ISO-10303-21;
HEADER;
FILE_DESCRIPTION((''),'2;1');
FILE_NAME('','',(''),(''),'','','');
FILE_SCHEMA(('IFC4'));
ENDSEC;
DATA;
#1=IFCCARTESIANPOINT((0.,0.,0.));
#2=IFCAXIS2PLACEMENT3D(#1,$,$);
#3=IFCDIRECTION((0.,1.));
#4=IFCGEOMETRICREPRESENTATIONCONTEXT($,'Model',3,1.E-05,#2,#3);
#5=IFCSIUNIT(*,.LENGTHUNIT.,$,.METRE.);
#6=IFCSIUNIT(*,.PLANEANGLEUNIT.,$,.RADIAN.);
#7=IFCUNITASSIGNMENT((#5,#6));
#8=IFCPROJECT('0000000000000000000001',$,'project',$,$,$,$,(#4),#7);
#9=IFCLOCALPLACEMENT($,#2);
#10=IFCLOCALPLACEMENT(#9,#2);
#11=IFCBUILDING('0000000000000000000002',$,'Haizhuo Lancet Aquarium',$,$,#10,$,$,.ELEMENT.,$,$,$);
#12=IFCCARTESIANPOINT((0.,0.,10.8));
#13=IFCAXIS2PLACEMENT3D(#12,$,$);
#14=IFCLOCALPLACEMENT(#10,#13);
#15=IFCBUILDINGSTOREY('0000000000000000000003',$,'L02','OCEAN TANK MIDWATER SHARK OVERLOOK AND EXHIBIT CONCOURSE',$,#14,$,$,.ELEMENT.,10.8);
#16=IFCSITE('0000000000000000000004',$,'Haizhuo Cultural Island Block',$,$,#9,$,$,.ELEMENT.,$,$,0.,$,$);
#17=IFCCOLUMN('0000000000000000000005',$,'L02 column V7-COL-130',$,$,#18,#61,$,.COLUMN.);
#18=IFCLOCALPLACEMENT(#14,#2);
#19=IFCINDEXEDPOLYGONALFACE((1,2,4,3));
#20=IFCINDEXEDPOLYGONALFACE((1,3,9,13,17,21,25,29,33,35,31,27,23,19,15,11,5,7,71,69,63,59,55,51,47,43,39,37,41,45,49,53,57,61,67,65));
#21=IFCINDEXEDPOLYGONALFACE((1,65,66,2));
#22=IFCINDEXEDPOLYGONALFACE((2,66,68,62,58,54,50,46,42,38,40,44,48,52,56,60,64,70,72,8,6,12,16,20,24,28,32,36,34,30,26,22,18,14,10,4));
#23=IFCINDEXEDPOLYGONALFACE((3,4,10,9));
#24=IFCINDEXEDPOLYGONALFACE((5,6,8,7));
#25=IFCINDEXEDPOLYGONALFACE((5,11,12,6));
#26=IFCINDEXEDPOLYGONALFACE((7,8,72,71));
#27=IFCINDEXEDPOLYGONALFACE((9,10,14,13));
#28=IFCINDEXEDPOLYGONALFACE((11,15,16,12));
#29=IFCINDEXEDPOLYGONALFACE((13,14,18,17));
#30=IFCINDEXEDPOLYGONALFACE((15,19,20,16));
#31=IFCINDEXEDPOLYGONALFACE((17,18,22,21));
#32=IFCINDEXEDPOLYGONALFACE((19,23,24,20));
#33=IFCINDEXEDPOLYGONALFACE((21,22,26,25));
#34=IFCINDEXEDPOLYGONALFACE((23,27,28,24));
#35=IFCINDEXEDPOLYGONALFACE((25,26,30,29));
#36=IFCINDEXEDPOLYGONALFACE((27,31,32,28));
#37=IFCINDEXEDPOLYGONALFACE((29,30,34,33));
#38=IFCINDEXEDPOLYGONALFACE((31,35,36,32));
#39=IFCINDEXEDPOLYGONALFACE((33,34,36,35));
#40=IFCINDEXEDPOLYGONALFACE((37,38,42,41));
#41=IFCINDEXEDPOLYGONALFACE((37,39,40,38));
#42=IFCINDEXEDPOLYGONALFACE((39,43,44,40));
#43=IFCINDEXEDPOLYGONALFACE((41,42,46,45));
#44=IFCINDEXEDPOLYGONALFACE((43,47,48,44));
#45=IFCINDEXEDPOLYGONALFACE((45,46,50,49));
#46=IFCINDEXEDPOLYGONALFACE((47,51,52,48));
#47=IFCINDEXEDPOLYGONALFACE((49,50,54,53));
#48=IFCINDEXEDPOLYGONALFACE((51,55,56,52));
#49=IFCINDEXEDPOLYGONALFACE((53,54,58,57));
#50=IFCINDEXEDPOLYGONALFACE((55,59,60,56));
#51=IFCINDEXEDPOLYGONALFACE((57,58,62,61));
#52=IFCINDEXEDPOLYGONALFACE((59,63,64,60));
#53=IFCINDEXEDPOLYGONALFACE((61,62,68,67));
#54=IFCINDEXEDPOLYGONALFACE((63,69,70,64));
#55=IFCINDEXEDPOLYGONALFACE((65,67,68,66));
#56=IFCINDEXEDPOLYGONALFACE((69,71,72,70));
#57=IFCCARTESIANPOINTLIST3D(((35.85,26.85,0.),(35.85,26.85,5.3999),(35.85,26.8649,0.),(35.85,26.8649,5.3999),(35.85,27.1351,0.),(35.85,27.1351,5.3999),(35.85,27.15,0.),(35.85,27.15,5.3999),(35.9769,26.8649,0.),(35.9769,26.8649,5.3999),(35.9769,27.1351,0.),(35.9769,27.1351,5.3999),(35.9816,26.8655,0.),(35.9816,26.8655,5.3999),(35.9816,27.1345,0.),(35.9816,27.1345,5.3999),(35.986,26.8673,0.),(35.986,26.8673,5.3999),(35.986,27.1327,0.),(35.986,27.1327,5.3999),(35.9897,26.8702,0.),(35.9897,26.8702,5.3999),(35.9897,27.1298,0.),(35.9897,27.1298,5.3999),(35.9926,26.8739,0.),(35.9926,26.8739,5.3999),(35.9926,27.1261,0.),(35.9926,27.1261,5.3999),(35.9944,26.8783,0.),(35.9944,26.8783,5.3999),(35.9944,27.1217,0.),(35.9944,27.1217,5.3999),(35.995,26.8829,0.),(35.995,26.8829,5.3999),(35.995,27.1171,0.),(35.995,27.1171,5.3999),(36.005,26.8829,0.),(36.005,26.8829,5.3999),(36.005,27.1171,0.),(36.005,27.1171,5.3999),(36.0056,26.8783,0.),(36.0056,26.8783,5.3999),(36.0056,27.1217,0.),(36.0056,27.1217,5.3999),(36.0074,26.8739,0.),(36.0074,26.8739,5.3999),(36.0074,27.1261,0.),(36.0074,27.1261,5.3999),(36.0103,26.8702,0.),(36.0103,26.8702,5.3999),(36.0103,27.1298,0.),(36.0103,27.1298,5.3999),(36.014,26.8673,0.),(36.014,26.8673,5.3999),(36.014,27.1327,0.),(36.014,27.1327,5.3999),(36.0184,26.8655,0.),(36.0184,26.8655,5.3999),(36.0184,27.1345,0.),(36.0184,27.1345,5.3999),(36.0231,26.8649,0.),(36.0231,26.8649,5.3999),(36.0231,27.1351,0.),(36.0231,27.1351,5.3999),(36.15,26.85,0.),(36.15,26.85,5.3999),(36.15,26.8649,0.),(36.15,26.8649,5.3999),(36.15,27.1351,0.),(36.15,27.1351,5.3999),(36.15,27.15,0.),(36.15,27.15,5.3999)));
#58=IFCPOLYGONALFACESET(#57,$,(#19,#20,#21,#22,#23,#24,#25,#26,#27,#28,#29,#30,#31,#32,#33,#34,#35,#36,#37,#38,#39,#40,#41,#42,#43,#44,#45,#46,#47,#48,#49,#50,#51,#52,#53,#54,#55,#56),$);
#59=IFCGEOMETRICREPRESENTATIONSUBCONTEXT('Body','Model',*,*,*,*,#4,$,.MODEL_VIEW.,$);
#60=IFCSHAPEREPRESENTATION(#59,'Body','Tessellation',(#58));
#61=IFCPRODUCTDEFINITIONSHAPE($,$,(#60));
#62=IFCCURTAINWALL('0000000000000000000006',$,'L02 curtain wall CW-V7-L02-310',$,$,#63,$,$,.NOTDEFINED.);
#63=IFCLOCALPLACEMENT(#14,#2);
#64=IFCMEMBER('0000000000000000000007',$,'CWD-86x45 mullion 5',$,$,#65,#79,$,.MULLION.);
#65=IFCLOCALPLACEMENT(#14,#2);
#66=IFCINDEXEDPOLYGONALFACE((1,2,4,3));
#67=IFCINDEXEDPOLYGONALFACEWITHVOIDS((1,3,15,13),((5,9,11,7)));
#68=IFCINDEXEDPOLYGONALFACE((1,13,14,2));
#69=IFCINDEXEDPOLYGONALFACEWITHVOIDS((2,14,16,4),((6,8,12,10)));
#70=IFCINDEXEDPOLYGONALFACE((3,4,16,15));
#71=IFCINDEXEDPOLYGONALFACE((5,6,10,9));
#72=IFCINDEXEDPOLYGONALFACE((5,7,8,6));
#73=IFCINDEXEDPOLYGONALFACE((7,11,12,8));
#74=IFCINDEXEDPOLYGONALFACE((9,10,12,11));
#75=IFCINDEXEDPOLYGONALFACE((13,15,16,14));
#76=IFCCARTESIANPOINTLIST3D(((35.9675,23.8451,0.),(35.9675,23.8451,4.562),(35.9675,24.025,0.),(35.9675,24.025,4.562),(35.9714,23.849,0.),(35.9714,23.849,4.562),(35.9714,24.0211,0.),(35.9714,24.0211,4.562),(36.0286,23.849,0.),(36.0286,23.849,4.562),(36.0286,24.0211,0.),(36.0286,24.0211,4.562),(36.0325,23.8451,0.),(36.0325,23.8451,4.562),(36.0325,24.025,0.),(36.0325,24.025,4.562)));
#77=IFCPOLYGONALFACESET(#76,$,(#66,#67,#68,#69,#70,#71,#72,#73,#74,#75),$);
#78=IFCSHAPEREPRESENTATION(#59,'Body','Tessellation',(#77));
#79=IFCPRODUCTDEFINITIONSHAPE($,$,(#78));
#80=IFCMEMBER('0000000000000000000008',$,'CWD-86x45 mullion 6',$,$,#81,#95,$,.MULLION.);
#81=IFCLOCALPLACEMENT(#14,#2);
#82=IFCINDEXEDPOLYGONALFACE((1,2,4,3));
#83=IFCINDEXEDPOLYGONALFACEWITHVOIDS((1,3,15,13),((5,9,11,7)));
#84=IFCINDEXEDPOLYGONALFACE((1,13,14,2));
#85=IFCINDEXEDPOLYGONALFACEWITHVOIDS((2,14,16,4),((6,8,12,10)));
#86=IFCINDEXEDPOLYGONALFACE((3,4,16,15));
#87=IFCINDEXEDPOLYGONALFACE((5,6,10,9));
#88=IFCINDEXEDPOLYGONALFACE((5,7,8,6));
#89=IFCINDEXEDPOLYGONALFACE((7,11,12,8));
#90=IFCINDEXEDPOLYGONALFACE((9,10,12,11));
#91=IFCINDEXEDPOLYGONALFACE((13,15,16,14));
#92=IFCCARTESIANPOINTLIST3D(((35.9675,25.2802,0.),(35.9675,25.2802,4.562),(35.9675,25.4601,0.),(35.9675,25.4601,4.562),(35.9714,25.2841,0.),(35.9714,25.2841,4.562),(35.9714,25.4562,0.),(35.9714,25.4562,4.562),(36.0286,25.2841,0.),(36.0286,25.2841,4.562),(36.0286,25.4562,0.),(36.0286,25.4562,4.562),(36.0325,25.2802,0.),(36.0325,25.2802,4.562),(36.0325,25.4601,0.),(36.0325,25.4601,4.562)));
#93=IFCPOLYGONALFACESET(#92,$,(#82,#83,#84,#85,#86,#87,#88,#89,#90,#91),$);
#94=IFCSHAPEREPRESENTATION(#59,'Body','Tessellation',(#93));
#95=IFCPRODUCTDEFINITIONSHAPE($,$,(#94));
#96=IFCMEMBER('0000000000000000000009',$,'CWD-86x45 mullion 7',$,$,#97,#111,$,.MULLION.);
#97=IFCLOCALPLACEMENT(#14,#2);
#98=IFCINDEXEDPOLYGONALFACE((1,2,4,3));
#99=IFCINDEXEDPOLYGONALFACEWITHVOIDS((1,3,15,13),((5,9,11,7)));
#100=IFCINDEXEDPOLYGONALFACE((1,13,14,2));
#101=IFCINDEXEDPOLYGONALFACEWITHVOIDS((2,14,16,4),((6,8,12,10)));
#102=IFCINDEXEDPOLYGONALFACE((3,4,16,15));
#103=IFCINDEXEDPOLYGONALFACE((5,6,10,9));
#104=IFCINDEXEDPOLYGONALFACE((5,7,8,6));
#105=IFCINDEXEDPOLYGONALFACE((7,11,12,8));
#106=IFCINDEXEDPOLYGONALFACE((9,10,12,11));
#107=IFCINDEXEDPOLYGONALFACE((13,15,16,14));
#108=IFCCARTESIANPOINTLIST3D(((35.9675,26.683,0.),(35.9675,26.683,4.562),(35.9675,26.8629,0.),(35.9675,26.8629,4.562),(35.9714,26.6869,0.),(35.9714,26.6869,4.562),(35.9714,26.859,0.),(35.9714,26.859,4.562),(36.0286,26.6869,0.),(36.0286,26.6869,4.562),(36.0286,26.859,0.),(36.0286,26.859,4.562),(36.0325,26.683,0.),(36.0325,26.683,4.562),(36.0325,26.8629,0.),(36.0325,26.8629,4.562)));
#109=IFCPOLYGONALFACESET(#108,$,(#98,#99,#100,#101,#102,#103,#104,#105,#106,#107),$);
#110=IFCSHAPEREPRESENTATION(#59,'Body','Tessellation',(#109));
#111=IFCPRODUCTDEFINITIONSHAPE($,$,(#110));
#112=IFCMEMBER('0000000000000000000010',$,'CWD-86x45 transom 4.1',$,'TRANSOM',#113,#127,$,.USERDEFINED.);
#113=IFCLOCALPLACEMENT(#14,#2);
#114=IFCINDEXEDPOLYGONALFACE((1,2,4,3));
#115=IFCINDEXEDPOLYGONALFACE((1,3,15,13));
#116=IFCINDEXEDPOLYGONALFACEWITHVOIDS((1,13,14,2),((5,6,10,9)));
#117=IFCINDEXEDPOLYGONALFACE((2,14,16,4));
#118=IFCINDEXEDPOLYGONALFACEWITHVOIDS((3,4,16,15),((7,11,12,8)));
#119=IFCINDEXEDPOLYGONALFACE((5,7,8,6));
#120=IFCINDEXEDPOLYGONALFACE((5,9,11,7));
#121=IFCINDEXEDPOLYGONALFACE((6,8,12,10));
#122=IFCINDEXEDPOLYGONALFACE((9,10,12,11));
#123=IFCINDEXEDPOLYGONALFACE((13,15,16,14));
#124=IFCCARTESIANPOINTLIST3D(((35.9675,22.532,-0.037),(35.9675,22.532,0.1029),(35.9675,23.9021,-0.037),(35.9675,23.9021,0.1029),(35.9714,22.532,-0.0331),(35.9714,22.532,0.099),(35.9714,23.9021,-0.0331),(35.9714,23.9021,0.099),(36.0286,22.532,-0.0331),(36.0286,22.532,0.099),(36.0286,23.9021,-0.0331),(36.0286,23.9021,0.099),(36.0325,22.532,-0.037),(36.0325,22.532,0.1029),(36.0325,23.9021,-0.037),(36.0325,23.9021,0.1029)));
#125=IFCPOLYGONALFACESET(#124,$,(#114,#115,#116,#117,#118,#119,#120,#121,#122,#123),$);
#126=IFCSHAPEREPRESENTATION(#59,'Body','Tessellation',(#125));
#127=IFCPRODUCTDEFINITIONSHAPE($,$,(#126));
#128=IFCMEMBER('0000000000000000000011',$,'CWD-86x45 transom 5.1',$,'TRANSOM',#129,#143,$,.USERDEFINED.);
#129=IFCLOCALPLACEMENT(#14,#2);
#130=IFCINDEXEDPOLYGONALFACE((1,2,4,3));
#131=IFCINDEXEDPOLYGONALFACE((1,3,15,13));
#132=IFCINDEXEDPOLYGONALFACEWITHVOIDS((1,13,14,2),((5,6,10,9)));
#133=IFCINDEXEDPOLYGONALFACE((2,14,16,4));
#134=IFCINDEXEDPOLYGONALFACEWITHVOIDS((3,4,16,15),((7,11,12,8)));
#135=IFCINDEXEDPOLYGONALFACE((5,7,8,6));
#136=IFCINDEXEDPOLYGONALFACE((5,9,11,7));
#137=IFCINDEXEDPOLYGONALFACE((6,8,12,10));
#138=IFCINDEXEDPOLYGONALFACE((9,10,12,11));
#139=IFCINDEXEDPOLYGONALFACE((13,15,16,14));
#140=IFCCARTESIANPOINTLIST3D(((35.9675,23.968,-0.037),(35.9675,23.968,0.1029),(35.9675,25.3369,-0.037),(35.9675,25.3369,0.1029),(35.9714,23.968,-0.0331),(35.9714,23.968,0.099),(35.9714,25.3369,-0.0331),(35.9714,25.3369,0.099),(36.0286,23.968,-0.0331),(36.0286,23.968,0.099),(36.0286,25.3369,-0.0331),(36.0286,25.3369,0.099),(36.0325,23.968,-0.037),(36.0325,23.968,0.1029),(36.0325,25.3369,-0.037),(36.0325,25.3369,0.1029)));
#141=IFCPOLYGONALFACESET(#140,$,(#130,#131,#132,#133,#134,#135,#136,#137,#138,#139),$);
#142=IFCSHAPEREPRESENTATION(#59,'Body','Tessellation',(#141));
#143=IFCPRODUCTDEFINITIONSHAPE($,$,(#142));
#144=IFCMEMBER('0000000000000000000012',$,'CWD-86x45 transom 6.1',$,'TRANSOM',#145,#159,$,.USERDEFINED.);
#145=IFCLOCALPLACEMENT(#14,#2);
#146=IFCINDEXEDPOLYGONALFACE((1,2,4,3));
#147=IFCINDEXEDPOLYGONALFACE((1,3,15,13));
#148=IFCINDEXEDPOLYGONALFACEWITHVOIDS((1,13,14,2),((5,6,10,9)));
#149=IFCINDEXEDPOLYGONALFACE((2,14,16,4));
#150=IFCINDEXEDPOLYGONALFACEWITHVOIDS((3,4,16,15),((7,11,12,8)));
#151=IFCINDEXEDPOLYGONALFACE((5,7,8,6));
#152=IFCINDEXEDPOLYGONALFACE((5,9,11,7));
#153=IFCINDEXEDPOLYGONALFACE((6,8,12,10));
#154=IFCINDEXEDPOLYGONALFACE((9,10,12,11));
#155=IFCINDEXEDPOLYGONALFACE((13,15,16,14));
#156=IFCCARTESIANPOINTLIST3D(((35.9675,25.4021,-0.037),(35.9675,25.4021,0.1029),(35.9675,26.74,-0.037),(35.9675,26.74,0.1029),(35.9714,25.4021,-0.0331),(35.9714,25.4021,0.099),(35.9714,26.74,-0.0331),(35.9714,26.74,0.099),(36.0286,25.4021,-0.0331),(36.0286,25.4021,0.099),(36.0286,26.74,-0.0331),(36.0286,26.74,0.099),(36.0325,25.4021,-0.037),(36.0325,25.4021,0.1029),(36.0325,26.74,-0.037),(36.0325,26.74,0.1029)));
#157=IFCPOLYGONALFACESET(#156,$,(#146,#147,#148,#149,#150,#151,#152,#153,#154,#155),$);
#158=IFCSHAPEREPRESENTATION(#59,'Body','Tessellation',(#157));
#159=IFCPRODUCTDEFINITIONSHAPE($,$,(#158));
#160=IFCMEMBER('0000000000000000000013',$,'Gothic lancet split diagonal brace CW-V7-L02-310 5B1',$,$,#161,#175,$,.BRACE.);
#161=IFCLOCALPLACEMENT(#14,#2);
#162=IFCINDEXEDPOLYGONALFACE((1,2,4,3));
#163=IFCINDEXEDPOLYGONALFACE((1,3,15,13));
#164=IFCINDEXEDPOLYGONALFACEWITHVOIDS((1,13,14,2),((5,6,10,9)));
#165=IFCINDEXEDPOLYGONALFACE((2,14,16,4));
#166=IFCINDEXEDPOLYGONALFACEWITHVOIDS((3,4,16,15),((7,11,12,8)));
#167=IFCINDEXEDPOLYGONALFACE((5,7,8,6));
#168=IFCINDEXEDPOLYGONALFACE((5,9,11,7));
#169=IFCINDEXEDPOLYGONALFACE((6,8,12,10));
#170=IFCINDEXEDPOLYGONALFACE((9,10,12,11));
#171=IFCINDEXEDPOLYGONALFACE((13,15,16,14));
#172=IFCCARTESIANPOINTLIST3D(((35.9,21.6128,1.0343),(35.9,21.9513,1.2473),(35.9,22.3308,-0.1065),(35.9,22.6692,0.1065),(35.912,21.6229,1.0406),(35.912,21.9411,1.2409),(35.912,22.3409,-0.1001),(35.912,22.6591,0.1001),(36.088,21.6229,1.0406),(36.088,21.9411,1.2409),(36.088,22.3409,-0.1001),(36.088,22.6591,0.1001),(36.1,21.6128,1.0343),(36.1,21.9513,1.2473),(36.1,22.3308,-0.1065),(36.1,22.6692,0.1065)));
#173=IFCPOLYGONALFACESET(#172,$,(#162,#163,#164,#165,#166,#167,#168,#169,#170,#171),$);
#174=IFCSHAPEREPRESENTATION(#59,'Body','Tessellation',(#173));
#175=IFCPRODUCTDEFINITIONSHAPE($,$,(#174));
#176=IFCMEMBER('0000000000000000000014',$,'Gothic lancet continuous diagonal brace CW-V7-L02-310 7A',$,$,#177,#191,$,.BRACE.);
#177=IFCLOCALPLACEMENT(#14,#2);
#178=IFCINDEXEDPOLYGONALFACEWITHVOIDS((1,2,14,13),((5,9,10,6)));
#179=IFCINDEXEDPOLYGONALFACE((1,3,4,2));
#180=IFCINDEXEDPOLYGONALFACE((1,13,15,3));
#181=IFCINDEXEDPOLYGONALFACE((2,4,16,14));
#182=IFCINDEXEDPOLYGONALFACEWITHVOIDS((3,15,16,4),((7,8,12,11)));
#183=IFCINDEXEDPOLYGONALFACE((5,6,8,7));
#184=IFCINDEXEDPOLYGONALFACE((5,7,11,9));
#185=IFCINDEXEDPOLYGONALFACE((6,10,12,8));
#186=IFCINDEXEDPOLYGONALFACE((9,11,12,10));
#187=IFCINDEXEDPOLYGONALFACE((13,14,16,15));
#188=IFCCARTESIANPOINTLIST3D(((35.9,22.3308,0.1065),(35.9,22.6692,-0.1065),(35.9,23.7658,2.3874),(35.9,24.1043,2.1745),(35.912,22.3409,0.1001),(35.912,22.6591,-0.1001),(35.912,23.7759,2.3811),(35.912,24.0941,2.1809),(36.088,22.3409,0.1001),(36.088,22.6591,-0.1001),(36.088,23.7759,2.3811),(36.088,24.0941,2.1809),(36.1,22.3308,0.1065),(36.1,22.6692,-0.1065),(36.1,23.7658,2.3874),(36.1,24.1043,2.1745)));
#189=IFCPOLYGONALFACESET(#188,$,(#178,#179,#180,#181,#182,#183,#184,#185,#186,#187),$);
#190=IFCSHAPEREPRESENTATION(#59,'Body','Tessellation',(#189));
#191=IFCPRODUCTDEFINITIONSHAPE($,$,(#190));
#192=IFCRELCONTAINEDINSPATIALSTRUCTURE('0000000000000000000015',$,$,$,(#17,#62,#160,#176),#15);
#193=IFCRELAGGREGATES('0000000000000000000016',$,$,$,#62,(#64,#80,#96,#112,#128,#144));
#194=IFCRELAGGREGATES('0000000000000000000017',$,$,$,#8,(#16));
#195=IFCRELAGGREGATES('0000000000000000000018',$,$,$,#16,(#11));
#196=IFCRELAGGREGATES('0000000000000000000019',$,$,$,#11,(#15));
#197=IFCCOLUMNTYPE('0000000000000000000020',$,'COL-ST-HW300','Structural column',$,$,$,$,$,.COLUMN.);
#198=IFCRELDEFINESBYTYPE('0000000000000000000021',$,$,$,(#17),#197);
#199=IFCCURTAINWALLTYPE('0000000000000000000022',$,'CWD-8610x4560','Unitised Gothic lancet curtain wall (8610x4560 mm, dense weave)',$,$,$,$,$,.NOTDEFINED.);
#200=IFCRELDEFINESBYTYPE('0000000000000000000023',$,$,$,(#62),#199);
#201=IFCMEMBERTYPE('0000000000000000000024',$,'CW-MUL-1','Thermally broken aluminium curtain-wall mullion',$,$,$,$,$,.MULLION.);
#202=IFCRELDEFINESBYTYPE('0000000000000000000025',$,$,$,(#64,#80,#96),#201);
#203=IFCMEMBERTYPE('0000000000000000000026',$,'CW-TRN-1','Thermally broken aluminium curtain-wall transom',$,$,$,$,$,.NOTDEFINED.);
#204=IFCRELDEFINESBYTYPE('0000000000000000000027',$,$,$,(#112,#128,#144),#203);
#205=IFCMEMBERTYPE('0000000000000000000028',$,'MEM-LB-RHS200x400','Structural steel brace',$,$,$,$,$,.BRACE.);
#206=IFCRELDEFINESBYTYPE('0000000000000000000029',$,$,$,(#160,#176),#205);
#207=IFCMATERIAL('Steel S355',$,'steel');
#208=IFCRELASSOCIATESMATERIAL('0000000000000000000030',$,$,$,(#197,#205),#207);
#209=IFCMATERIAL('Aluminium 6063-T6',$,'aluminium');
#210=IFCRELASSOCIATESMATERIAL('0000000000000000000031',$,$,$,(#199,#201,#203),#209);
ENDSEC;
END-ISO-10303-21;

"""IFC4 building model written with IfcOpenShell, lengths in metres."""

from ifc_helpers import new_model, si_unit, direction, frame, origin, origin_2d, place, context, subcontext, project, spatial, hollow_rectangle, i_section, extrude, material, material_profile, profile_set, type_object, element, aggregate, save


model = new_model("IFC4")

# Units and contexts
model_context = context("Model", 3, precision=1e-05, world=origin(), true_north=direction((0.0, 1.0)))
body_context = subcontext(model_context, "Body", "Model", "MODEL_VIEW")
ifc_project = project(units=[si_unit("LENGTHUNIT", "METRE"), si_unit("PLANEANGLEUNIT", "RADIAN")], contexts=[model_context])

# Site, building, storey
site_placement = place(None, origin())
site = spatial("IfcSite", under=ifc_project, at=site_placement, Name="Haizhuo Cultural Island Block", CompositionType="ELEMENT", RefElevation=0.0)
building_placement = place(site_placement, origin())
building = spatial("IfcBuilding", under=site, at=building_placement, Name="Haizhuo Lancet Aquarium", CompositionType="ELEMENT")
storey_placement = place(building_placement, frame((0.0, 0.0, 10.8)))
storey = spatial("IfcBuildingStorey", under=building, at=storey_placement, Name="L02", Description="OCEAN TANK MIDWATER SHARK OVERLOOK AND EXHIBIT CONCOURSE", CompositionType="ELEMENT", Elevation=10.8)

# Column
ifc_material_1 = material(Name="Steel S355", Category="steel")
ifc_material_profile_1 = material_profile(ifc_material_1, i_section(OverallWidth=0.3, OverallDepth=0.3, WebThickness=0.01, FlangeThickness=0.0149, FilletRadius=0.0181, at=origin_2d()), Name="HW 300x300x10x15")
ifc_profile_set_1 = profile_set([ifc_material_profile_1], Name="Steel S355")
column_type = type_object("IfcColumnType", Name="COL-ST-HW300", Description="Structural column", PredefinedType="COLUMN", material=ifc_profile_set_1)
column_placement = place(storey_placement, frame((36.0, 27.0, 0.0), z_axis=(0.0, 0.0, 1.0), x_axis=(1.0, 0.0, 0.0)))
element("IfcColumn", 1, at=column_placement, inside=storey, type_object=column_type, Name="L02 column V7-COL-130", PredefinedType="COLUMN", context=body_context, shape_type="SweptSolid", body=[
    extrude(i_section(OverallWidth=0.3, OverallDepth=0.3, WebThickness=0.01, FlangeThickness=0.0149, FilletRadius=0.0181, at=origin_2d()), origin(), (0.0, 0.0, 1.0), 5.3999),
])

# Curtain wall, members
ifc_material_2 = material(Name="Aluminium 6063-T6", Category="aluminium")
curtain_wall_type = type_object("IfcCurtainWallType", Name="CWD-8610x4560", Description="Unitised Gothic lancet curtain wall (8610x4560 mm, dense weave)", PredefinedType="NOTDEFINED", material=ifc_material_2)
curtain_wall_placement = place(storey_placement, origin())
curtain_wall = element("IfcCurtainWall", 2, at=curtain_wall_placement, inside=storey, type_object=curtain_wall_type, Name="L02 curtain wall CW-V7-L02-310", PredefinedType="NOTDEFINED")
ifc_material_profile_2 = material_profile(ifc_material_2, hollow_rectangle(XDim=0.0649, YDim=0.1799, WallThickness=0.0039, at=origin_2d()), Name="ALU-M 65x180x4")
ifc_profile_set_2 = profile_set([ifc_material_profile_2], Name="Aluminium 6063-T6")
member_type_1 = type_object("IfcMemberType", Name="CW-MUL-1", Description="Thermally broken aluminium curtain-wall mullion", PredefinedType="MULLION", material=ifc_profile_set_2)
member_1_placement = place(storey_placement, frame((36.0, 23.9351, 0.0), z_axis=(0.0, 0.0, 1.0), x_axis=(-1.0, 0.0, 0.0)))
member_1 = element("IfcMember", 3, at=member_1_placement, type_object=member_type_1, Name="CWD-86x45 mullion 5", PredefinedType="MULLION", context=body_context, shape_type="SweptSolid", body=[
    extrude(hollow_rectangle(XDim=0.0649, YDim=0.1799, WallThickness=0.0039, at=origin_2d()), origin(), (0.0, 0.0, 1.0), 4.562),
])
member_2_placement = place(storey_placement, frame((36.0, 25.3701, 0.0), z_axis=(0.0, 0.0, 1.0), x_axis=(-1.0, 0.0, 0.0)))
member_2 = element("IfcMember", 4, at=member_2_placement, type_object=member_type_1, Name="CWD-86x45 mullion 6", PredefinedType="MULLION", context=body_context, shape_type="SweptSolid", body=[
    extrude(hollow_rectangle(XDim=0.0649, YDim=0.1799, WallThickness=0.0039, at=origin_2d()), origin(), (0.0, 0.0, 1.0), 4.562),
])
member_3_placement = place(storey_placement, frame((36.0, 26.7729, 0.0), z_axis=(0.0, 0.0, 1.0), x_axis=(-1.0, 0.0, 0.0)))
member_3 = element("IfcMember", 5, at=member_3_placement, type_object=member_type_1, Name="CWD-86x45 mullion 7", PredefinedType="MULLION", context=body_context, shape_type="SweptSolid", body=[
    extrude(hollow_rectangle(XDim=0.0649, YDim=0.1799, WallThickness=0.0039, at=origin_2d()), origin(), (0.0, 0.0, 1.0), 4.562),
])
ifc_material_profile_3 = material_profile(ifc_material_2, hollow_rectangle(XDim=0.0649, YDim=0.1399, WallThickness=0.0039, at=origin_2d()), Name="ALU-T 65x140x4")
ifc_profile_set_3 = profile_set([ifc_material_profile_3], Name="Aluminium 6063-T6")
member_type_2 = type_object("IfcMemberType", Name="CW-TRN-1", Description="Thermally broken aluminium curtain-wall transom", PredefinedType="NOTDEFINED", material=ifc_profile_set_3)
member_4_placement = place(storey_placement, frame((36.0, 22.532, 0.033), z_axis=(0.0, 1.0, 0.0), x_axis=(-1.0, 0.0, 0.0)))
member_4 = element("IfcMember", 6, at=member_4_placement, type_object=member_type_2, Name="CWD-86x45 transom 4.1", ObjectType="TRANSOM", PredefinedType="USERDEFINED", context=body_context, shape_type="SweptSolid", body=[
    extrude(hollow_rectangle(XDim=0.0649, YDim=0.1399, WallThickness=0.0039, at=origin_2d()), origin(), (0.0, 0.0, 1.0), 1.3701),
])
member_5_placement = place(storey_placement, frame((36.0, 23.968, 0.033), z_axis=(0.0, 1.0, 0.0), x_axis=(-1.0, 0.0, 0.0)))
member_5 = element("IfcMember", 7, at=member_5_placement, type_object=member_type_2, Name="CWD-86x45 transom 5.1", ObjectType="TRANSOM", PredefinedType="USERDEFINED", context=body_context, shape_type="SweptSolid", body=[
    extrude(hollow_rectangle(XDim=0.0649, YDim=0.1399, WallThickness=0.0039, at=origin_2d()), origin(), (0.0, 0.0, 1.0), 1.3689),
])
member_6_placement = place(storey_placement, frame((36.0, 25.4021, 0.033), z_axis=(0.0, 1.0, 0.0), x_axis=(-1.0, 0.0, 0.0)))
member_6 = element("IfcMember", 8, at=member_6_placement, type_object=member_type_2, Name="CWD-86x45 transom 6.1", ObjectType="TRANSOM", PredefinedType="USERDEFINED", context=body_context, shape_type="SweptSolid", body=[
    extrude(hollow_rectangle(XDim=0.0649, YDim=0.1399, WallThickness=0.0039, at=origin_2d()), origin(), (0.0, 0.0, 1.0), 1.3379),
])

# Members
ifc_material_profile_4 = material_profile(ifc_material_1, hollow_rectangle(XDim=0.2, YDim=0.3999, WallThickness=0.012, at=origin_2d()), Name="RHS 200x400x12")
ifc_profile_set_4 = profile_set([ifc_material_profile_4], Name="Steel S355")
member_type_3 = type_object("IfcMemberType", Name="MEM-LB-RHS200x400", Description="Structural steel brace", PredefinedType="BRACE", material=ifc_profile_set_4)
member_7_placement = place(storey_placement, frame((36.0, 22.5, 0.0), z_axis=(0.0, -0.53265, 0.846336), x_axis=(1.0, 0.0, 0.0)))
element("IfcMember", 9, at=member_7_placement, inside=storey, type_object=member_type_3, Name="Gothic lancet split diagonal brace CW-V7-L02-310 5B1", PredefinedType="BRACE", context=body_context, shape_type="SweptSolid", body=[
    extrude(hollow_rectangle(XDim=0.2, YDim=0.3999, WallThickness=0.012, at=origin_2d()), origin(), (0.0, 0.0, 1.0), 1.3479),
])
member_8_placement = place(storey_placement, frame((36.0, 22.5, 0.0), z_axis=(0.0, 0.532513, 0.846422), x_axis=(-1.0, 0.0, 0.0)))
element("IfcMember", 10, at=member_8_placement, inside=storey, type_object=member_type_3, Name="Gothic lancet continuous diagonal brace CW-V7-L02-310 7A", PredefinedType="BRACE", context=body_context, shape_type="SweptSolid", body=[
    extrude(hollow_rectangle(XDim=0.2, YDim=0.3999, WallThickness=0.012, at=origin_2d()), origin(), (0.0, 0.0, 1.0), 2.6948),
])

aggregate(curtain_wall, [member_1, member_2, member_3, member_4, member_5, member_6])

save(model, "model.ifc")
